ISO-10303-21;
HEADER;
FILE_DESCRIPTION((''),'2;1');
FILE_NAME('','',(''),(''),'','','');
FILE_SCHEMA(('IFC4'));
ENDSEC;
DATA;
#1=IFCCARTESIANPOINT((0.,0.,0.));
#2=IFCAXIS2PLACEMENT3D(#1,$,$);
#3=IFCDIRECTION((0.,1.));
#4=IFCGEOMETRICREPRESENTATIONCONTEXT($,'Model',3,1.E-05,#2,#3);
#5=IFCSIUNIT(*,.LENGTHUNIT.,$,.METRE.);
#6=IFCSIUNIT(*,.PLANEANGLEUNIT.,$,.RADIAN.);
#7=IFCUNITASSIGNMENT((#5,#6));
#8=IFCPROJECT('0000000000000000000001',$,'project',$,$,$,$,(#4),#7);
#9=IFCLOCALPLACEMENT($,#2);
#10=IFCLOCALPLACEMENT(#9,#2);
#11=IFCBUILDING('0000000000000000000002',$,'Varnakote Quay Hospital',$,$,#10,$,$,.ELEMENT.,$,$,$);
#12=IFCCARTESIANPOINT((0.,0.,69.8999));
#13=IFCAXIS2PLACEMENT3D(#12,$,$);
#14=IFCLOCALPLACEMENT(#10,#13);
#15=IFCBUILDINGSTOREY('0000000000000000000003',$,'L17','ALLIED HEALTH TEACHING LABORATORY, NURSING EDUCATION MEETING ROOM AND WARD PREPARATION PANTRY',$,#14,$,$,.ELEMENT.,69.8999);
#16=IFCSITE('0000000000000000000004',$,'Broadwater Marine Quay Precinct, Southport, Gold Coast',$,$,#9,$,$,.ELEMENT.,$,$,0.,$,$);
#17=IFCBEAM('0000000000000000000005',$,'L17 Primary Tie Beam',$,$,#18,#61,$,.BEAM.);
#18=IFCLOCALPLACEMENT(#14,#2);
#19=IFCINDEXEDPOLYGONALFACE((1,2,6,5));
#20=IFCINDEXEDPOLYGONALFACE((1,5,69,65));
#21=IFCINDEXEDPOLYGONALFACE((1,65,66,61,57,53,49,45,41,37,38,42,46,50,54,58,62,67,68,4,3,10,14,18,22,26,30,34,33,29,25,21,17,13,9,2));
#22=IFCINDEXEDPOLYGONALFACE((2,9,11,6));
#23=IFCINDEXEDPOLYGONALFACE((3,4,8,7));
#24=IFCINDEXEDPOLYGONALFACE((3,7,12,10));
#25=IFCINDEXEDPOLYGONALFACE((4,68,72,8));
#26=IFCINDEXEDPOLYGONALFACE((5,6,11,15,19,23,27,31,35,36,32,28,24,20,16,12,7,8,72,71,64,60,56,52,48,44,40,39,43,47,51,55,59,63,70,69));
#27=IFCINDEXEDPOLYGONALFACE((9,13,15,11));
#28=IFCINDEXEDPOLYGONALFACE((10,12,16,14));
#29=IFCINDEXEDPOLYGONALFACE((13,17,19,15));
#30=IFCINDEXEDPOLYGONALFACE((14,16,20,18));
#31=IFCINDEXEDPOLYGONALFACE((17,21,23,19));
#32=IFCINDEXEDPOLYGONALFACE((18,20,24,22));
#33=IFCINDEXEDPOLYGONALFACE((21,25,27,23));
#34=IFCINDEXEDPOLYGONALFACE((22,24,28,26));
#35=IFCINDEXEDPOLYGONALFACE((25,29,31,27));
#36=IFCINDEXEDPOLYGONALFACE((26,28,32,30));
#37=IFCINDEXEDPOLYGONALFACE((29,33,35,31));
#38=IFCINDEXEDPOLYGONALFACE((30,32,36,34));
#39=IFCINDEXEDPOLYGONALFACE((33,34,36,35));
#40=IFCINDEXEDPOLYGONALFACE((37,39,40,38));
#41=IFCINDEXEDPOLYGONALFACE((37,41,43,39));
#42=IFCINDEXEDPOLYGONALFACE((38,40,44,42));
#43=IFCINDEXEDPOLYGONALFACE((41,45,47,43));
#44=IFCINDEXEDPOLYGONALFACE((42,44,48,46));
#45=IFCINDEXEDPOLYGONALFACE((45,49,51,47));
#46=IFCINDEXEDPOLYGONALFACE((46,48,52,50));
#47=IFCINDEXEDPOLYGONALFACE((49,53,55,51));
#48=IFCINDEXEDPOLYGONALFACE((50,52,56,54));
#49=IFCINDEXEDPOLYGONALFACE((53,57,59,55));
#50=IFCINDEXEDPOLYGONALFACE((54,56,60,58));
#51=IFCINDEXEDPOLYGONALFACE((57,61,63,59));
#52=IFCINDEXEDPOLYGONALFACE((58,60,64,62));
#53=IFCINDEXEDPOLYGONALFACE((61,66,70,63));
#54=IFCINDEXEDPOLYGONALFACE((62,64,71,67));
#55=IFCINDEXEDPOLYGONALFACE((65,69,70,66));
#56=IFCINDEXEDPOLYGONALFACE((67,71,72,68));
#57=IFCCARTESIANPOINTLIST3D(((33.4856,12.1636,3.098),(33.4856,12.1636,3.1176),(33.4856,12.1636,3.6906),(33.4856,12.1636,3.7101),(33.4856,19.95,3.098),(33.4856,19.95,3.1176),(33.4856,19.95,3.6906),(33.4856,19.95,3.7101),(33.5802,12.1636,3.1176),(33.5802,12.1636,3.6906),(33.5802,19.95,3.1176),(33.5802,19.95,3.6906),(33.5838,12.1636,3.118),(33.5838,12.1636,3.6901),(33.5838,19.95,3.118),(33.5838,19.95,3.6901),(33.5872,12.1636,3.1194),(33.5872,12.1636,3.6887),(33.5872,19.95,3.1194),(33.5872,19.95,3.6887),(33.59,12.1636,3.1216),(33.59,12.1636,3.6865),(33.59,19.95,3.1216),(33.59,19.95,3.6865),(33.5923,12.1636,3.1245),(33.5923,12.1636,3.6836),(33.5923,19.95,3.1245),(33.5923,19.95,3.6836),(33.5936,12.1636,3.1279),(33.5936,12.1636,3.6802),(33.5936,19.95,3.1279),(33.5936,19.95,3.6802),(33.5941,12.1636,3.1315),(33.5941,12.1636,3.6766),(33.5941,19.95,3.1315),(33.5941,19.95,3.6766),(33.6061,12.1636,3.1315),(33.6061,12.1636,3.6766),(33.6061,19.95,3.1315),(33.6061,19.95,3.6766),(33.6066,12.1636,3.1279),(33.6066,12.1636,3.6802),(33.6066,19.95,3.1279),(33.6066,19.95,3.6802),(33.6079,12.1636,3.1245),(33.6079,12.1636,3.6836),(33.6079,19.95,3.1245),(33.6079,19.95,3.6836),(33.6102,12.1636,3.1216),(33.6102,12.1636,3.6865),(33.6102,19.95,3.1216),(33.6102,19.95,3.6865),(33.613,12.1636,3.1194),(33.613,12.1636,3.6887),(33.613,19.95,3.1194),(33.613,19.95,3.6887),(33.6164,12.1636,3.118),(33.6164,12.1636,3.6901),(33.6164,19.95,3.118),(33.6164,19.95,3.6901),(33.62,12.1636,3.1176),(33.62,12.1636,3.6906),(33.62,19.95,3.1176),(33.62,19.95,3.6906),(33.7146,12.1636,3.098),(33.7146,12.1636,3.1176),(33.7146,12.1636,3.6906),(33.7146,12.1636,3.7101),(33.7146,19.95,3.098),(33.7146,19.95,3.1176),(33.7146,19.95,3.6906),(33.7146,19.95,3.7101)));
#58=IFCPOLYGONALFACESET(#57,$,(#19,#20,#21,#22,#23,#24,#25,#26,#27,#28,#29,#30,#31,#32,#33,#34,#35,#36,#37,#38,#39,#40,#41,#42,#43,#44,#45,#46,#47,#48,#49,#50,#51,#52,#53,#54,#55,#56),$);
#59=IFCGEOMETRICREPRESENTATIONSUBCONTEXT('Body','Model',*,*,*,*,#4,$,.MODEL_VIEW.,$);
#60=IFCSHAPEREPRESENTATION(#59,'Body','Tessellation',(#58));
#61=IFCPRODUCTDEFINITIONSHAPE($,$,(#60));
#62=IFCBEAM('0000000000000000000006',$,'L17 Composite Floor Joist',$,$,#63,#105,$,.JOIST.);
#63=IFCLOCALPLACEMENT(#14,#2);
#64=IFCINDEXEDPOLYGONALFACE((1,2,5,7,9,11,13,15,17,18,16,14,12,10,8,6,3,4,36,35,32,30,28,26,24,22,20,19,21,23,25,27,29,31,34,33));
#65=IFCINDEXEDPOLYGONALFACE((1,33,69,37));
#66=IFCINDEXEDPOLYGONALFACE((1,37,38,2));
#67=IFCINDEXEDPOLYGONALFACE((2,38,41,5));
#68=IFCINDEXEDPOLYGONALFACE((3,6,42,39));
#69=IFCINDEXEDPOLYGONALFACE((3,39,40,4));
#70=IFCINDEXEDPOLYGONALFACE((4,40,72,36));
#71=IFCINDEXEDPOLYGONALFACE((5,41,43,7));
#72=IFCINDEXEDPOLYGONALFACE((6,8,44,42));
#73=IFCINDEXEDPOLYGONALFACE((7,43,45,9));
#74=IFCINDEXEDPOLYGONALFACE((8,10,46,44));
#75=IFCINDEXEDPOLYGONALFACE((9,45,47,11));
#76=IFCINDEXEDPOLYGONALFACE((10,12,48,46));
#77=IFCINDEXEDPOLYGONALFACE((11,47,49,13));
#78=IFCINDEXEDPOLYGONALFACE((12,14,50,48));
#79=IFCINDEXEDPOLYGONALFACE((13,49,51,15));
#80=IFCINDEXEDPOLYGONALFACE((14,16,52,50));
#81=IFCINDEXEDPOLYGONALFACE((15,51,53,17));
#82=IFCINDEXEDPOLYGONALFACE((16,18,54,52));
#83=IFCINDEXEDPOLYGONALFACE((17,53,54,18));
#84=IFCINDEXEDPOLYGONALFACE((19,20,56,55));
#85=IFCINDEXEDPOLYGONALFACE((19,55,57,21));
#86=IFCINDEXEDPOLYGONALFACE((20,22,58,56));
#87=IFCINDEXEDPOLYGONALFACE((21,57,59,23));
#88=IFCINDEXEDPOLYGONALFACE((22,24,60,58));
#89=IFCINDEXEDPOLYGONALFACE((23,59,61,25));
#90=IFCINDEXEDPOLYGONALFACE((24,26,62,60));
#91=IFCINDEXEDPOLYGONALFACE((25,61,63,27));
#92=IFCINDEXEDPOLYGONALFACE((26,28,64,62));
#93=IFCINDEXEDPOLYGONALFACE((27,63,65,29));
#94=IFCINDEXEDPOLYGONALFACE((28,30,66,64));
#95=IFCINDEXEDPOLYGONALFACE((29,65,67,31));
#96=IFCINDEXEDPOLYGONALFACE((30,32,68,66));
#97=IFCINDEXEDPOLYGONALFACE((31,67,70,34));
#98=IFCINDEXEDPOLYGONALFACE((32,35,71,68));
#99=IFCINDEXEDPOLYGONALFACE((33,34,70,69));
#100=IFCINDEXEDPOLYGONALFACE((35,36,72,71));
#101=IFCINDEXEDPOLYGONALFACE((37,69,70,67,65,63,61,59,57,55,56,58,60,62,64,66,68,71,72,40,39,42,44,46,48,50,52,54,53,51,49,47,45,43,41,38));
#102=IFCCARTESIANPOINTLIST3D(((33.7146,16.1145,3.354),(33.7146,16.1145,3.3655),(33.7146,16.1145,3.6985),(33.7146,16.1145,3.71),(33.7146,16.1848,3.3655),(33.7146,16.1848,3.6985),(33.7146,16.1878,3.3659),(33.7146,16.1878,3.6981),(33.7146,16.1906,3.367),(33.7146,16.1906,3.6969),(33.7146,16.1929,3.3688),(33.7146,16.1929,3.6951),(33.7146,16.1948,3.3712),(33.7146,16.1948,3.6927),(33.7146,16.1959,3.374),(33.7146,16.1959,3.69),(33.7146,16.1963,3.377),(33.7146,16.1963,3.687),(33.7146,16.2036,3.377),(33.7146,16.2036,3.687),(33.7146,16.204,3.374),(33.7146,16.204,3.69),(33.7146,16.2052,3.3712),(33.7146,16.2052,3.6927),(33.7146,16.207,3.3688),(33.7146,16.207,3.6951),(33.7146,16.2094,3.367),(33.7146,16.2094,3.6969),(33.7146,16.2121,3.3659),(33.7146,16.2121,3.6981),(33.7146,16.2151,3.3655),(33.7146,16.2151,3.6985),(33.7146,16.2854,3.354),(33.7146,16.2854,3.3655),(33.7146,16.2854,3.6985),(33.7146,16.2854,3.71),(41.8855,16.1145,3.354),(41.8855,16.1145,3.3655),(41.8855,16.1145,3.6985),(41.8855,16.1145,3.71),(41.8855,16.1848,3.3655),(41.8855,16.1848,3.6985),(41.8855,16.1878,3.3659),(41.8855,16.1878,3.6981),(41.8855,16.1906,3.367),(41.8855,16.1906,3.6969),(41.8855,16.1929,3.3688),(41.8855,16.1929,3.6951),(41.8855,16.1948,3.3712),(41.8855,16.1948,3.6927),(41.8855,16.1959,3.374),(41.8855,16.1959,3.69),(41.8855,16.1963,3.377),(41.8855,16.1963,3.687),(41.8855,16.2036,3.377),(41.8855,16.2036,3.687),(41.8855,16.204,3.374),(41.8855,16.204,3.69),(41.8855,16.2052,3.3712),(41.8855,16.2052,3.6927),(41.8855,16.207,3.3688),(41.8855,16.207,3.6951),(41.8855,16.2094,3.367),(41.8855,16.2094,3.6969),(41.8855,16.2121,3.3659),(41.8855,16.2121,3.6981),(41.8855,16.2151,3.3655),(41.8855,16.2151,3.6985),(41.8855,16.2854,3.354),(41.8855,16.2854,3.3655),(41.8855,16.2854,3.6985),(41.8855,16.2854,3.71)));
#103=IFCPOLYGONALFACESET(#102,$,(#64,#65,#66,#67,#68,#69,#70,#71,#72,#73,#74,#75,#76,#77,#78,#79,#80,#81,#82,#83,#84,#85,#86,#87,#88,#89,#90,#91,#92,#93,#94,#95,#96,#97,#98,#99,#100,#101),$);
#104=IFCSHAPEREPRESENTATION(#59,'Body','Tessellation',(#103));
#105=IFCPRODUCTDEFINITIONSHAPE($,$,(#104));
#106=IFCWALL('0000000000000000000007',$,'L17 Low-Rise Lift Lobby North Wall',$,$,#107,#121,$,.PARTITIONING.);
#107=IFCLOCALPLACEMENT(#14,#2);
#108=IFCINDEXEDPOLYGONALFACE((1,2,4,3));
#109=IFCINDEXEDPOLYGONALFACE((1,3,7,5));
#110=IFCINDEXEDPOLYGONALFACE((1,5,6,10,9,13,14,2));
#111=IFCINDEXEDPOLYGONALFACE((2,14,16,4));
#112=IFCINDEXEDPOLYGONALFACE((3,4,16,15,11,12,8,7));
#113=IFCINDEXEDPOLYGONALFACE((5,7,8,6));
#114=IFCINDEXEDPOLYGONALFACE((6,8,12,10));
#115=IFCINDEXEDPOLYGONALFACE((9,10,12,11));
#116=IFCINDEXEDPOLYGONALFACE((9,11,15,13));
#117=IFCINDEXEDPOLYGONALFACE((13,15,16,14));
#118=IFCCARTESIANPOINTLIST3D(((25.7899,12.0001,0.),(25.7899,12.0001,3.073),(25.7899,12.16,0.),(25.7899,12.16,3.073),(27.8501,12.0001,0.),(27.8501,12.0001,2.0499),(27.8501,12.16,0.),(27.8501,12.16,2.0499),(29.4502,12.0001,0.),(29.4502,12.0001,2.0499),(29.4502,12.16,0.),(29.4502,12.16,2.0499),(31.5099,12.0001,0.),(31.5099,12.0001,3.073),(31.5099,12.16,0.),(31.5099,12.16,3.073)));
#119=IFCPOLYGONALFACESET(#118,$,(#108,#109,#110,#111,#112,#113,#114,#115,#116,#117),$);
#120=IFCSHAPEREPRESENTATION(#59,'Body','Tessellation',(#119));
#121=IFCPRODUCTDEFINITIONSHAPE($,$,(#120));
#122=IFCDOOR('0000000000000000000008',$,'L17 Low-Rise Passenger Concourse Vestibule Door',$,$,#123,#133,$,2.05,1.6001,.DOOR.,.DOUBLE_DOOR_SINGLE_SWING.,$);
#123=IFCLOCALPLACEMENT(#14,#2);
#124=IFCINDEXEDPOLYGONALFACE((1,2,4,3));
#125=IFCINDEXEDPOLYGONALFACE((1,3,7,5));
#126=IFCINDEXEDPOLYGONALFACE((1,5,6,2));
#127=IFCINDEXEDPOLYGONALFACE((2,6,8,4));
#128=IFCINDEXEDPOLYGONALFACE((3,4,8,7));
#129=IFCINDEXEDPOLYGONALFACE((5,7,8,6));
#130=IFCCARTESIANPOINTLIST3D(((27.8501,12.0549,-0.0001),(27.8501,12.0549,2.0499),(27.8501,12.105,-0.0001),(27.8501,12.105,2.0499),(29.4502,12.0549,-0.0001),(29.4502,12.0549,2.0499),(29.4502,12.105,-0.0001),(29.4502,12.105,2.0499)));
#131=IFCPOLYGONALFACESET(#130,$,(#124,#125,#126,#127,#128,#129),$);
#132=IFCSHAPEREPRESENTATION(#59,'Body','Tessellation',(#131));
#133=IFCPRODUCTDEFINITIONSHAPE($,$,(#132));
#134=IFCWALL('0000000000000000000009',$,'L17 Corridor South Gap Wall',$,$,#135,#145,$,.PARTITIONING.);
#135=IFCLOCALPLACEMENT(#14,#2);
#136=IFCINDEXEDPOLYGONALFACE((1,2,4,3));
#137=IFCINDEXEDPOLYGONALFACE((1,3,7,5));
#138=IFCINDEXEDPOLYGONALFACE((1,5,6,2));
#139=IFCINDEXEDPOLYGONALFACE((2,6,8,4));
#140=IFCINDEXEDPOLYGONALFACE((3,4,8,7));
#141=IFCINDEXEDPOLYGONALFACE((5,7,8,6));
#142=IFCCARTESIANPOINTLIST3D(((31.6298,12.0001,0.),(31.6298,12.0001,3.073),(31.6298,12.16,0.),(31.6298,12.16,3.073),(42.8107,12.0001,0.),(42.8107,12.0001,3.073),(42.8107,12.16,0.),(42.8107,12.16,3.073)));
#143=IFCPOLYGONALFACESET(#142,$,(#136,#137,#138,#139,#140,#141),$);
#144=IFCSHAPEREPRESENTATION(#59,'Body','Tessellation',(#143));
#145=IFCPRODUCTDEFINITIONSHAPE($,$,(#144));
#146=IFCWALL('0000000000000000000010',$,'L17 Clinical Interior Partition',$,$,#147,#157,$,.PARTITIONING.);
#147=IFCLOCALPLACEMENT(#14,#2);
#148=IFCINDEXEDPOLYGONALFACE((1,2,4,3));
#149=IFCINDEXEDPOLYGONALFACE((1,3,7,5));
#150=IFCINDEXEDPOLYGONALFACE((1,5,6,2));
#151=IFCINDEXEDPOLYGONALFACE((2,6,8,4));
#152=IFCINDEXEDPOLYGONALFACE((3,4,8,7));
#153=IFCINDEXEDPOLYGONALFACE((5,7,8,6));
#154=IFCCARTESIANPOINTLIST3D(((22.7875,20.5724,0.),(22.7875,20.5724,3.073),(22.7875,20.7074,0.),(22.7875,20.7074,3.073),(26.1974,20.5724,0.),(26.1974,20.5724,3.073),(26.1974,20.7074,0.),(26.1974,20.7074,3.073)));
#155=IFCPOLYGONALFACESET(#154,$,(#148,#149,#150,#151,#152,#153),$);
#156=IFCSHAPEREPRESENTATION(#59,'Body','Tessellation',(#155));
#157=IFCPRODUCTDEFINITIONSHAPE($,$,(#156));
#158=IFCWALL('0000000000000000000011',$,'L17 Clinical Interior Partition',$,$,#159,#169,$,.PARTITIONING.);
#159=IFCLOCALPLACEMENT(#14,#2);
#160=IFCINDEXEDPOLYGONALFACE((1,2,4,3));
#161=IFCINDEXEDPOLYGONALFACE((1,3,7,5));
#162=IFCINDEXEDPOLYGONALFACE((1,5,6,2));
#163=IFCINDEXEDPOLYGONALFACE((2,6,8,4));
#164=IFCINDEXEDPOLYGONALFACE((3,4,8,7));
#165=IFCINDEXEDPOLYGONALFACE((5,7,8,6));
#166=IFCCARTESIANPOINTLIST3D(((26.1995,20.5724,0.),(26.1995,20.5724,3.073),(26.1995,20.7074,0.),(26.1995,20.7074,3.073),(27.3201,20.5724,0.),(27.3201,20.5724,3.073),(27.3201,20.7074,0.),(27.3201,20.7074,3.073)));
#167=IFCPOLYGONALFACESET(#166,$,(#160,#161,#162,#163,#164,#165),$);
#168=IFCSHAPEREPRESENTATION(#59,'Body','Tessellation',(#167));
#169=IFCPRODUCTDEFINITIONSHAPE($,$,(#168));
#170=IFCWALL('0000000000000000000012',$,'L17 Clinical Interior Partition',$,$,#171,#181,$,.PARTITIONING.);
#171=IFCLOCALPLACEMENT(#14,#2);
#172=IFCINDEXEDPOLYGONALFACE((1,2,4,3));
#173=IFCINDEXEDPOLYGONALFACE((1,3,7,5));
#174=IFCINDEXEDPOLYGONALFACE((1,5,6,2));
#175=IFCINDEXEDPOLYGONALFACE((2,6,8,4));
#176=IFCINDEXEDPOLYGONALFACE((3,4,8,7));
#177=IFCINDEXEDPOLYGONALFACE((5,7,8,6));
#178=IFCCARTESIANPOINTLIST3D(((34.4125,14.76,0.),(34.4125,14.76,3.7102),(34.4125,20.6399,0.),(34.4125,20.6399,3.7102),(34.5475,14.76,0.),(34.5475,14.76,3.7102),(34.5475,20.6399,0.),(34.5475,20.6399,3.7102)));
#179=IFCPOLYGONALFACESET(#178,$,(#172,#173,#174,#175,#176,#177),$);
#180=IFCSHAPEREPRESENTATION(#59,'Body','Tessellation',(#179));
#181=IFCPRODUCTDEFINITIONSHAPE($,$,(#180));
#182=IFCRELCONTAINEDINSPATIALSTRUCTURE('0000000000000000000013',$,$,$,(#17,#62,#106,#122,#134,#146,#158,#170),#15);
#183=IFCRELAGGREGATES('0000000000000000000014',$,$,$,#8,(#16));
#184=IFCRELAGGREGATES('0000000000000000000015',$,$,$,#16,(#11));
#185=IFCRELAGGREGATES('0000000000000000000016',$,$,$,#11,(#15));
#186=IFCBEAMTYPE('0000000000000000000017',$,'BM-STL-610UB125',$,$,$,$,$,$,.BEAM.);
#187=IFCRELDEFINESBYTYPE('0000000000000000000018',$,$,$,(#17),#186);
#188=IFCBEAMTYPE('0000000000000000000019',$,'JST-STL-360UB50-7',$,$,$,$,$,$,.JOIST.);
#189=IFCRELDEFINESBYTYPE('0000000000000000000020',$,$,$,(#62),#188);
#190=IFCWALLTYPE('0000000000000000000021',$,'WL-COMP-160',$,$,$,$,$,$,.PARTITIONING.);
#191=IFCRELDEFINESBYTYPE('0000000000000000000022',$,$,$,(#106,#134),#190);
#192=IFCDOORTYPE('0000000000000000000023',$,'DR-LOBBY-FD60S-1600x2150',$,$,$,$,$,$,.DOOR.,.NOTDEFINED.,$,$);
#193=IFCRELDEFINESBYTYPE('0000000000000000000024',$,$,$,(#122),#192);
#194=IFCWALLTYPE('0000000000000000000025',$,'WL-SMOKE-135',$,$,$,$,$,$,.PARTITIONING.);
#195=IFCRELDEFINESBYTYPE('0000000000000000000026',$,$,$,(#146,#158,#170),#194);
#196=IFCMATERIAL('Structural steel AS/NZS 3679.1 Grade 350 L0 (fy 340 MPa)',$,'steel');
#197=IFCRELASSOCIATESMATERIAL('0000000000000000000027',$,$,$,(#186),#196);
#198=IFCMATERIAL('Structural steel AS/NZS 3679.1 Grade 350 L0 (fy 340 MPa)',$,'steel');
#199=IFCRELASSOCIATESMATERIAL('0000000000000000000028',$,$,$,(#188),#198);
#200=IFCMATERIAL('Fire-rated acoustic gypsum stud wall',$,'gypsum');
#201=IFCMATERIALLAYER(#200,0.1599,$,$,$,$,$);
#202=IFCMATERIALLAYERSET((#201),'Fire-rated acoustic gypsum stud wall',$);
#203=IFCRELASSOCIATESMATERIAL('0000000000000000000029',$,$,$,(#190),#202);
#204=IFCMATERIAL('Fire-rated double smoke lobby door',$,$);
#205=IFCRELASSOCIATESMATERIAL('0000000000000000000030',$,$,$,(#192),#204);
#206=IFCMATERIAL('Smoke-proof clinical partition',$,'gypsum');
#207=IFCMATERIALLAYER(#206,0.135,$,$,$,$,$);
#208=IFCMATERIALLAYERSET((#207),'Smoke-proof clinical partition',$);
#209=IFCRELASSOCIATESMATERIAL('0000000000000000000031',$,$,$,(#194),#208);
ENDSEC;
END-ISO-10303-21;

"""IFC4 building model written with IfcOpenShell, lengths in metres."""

from ifc_helpers import new_model, si_unit, direction, frame, frame_2d, origin, origin_2d, place, context, subcontext, project, spatial, rectangle, i_section, extrude, material, layer, layer_set, material_profile, profile_set, type_object, element, fill, save


model = new_model("IFC4")

# Units and contexts
model_context = context("Model", 3, precision=1e-05, world=origin(), true_north=direction((0.0, 1.0)))
body_context = subcontext(model_context, "Body", "Model", "MODEL_VIEW")
ifc_project = project(units=[si_unit("LENGTHUNIT", "METRE"), si_unit("PLANEANGLEUNIT", "RADIAN")], contexts=[model_context])

# Site, building, storey
site_placement = place(None, origin())
site = spatial("IfcSite", under=ifc_project, at=site_placement, Name="Broadwater Marine Quay Precinct, Southport, Gold Coast", CompositionType="ELEMENT", RefElevation=0.0)
building_placement = place(site_placement, origin())
building = spatial("IfcBuilding", under=site, at=building_placement, Name="Varnakote Quay Hospital", CompositionType="ELEMENT")
storey_placement = place(building_placement, frame((0.0, 0.0, 69.8999)))
storey = spatial("IfcBuildingStorey", under=building, at=storey_placement, Name="L17", Description="ALLIED HEALTH TEACHING LABORATORY, NURSING EDUCATION MEETING ROOM AND WARD PREPARATION PANTRY", CompositionType="ELEMENT", Elevation=69.8999)

# Beams
ifc_material_1 = material(Name="Structural steel AS/NZS 3679.1 Grade 350 L0 (fy 340 MPa)", Category="steel")
ifc_material_profile_1 = material_profile(ifc_material_1, i_section(OverallWidth=0.229, OverallDepth=0.6121, WebThickness=0.012, FlangeThickness=0.0195, FilletRadius=0.0139, at=origin_2d()), Name="610UB125")
ifc_profile_set_1 = profile_set([ifc_material_profile_1], Name="Structural steel AS/NZS 3679.1 Grade 350 L0 (fy 340 MPa)")
beam_type_1 = type_object("IfcBeamType", Name="BM-STL-610UB125", PredefinedType="BEAM", material=ifc_profile_set_1)
beam_1_placement = place(storey_placement, frame((33.6001, 12.1636, 3.4041), z_axis=(0.0, 1.0, 0.0), x_axis=(-1.0, 0.0, 0.0)))
element("IfcBeam", 1, at=beam_1_placement, inside=storey, type_object=beam_type_1, Name="L17 Primary Tie Beam", PredefinedType="BEAM", context=body_context, shape_type="SweptSolid", body=[
    extrude(i_section(OverallWidth=0.229, OverallDepth=0.6121, WebThickness=0.012, FlangeThickness=0.0195, FilletRadius=0.0139, at=origin_2d()), origin(), (0.0, 0.0, 1.0), 7.7864),
])
ifc_material_2 = material(Name="Structural steel AS/NZS 3679.1 Grade 350 L0 (fy 340 MPa)", Category="steel")
ifc_material_profile_2 = material_profile(ifc_material_2, i_section(OverallWidth=0.1709, OverallDepth=0.356, WebThickness=0.0073, FlangeThickness=0.0115, FilletRadius=0.0115, at=origin_2d()), Name="360UB50.7")
ifc_profile_set_2 = profile_set([ifc_material_profile_2], Name="Structural steel AS/NZS 3679.1 Grade 350 L0 (fy 340 MPa)")
beam_type_2 = type_object("IfcBeamType", Name="JST-STL-360UB50-7", PredefinedType="JOIST", material=ifc_profile_set_2)
beam_2_placement = place(storey_placement, frame((33.7146, 16.2, 3.532), z_axis=(1.0, 0.0, 0.0), x_axis=(0.0, 1.0, 0.0)))
element("IfcBeam", 2, at=beam_2_placement, inside=storey, type_object=beam_type_2, Name="L17 Composite Floor Joist", PredefinedType="JOIST", context=body_context, shape_type="SweptSolid", body=[
    extrude(i_section(OverallWidth=0.1709, OverallDepth=0.356, WebThickness=0.0073, FlangeThickness=0.0115, FilletRadius=0.0115, at=origin_2d()), origin(), (0.0, 0.0, 1.0), 8.1709),
])

# Wall, opening, door
ifc_material_3 = material(Name="Fire-rated acoustic gypsum stud wall", Category="gypsum")
ifc_layer_1 = layer(ifc_material_3, 0.1599)
ifc_layer_set_1 = layer_set([ifc_layer_1], Name="Fire-rated acoustic gypsum stud wall")
wall_type_1 = type_object("IfcWallType", Name="WL-COMP-160", PredefinedType="PARTITIONING", material=ifc_layer_set_1)
wall_1_placement = place(storey_placement, frame((25.79, 12.0801, 0.0), z_axis=(0.0, 0.0, 1.0), x_axis=(1.0, 0.0, 0.0)))
wall_1 = element("IfcWall", 3, at=wall_1_placement, inside=storey, type_object=wall_type_1, Name="L17 Low-Rise Lift Lobby North Wall", PredefinedType="PARTITIONING", context=body_context, shape_type="SweptSolid", body=[
    extrude(rectangle(XDim=5.72, YDim=0.1599, at=frame_2d((2.8599, 0.0))), origin(), (0.0, 0.0, 1.0), 3.073),
])
opening_1_placement = place(wall_1_placement, frame((2.0601, 0.0, 0.0)))
opening_1 = element("IfcOpeningElement", 4, at=opening_1_placement, cuts=wall_1, PredefinedType="OPENING", context=body_context, shape_type="SweptSolid", body=[
    extrude(rectangle(XDim=1.6001, YDim=2.05, at=frame_2d((0.8, 1.0249))), frame((0.0, 0.0898, 0.0), z_axis=(0.0, -1.0, 0.0), x_axis=(1.0, 0.0, 0.0)), (0.0, 0.0, 1.0), 0.1799),
])
ifc_material_4 = material(Name="Fire-rated double smoke lobby door")
door_type_1 = type_object("IfcDoorType", Name="DR-LOBBY-FD60S-1600x2150", OperationType="NOTDEFINED", PredefinedType="DOOR", material=ifc_material_4)
door_1_placement = place(opening_1_placement, origin())
door_1 = element("IfcDoor", 5, at=door_1_placement, inside=storey, type_object=door_type_1, Name="L17 Low-Rise Passenger Concourse Vestibule Door", OperationType="DOUBLE_DOOR_SINGLE_SWING", OverallHeight=2.05, OverallWidth=1.6001, PredefinedType="DOOR", context=body_context, shape_type="SweptSolid", body=[
    extrude(rectangle(XDim=1.6001, YDim=2.05, at=frame_2d((0.8, 1.0249))), frame((0.0, 0.0249, 0.0), z_axis=(0.0, -1.0, 0.0), x_axis=(1.0, 0.0, 0.0)), (0.0, 0.0, 1.0), 0.05),
])
fill(opening_1, door_1)

# Walls
wall_2_placement = place(storey_placement, frame((31.6299, 12.0801, 0.0), z_axis=(0.0, 0.0, 1.0), x_axis=(1.0, 0.0, 0.0)))
element("IfcWall", 6, at=wall_2_placement, inside=storey, type_object=wall_type_1, Name="L17 Corridor South Gap Wall", PredefinedType="PARTITIONING", context=body_context, shape_type="SweptSolid", body=[
    extrude(rectangle(XDim=11.1809, YDim=0.1599, at=frame_2d((5.5903, 0.0))), origin(), (0.0, 0.0, 1.0), 3.073),
])
ifc_material_5 = material(Name="Smoke-proof clinical partition", Category="gypsum")
ifc_layer_2 = layer(ifc_material_5, 0.135)
ifc_layer_set_2 = layer_set([ifc_layer_2], Name="Smoke-proof clinical partition")
wall_type_2 = type_object("IfcWallType", Name="WL-SMOKE-135", PredefinedType="PARTITIONING", material=ifc_layer_set_2)
wall_3_placement = place(storey_placement, frame((26.1975, 20.6399, 0.0), z_axis=(0.0, 0.0, 1.0), x_axis=(-1.0, 0.0, 0.0)))
element("IfcWall", 7, at=wall_3_placement, inside=storey, type_object=wall_type_2, Name="L17 Clinical Interior Partition", PredefinedType="PARTITIONING", context=body_context, shape_type="SweptSolid", body=[
    extrude(rectangle(XDim=3.4099, YDim=0.135, at=frame_2d((1.7051, 0.0))), origin(), (0.0, 0.0, 1.0), 3.073),
])
wall_4_placement = place(storey_placement, frame((27.3201, 20.6399, 0.0), z_axis=(0.0, 0.0, 1.0), x_axis=(-1.0, 0.0, 0.0)))
element("IfcWall", 8, at=wall_4_placement, inside=storey, type_object=wall_type_2, Name="L17 Clinical Interior Partition", PredefinedType="PARTITIONING", context=body_context, shape_type="SweptSolid", body=[
    extrude(rectangle(XDim=1.1206, YDim=0.135, at=frame_2d((0.5603, 0.0))), origin(), (0.0, 0.0, 1.0), 3.073),
])
wall_5_placement = place(storey_placement, frame((34.48, 14.76, 0.0), z_axis=(0.0, 0.0, 1.0), x_axis=(0.0, 1.0, 0.0)))
element("IfcWall", 9, at=wall_5_placement, inside=storey, type_object=wall_type_2, Name="L17 Clinical Interior Partition", PredefinedType="PARTITIONING", context=body_context, shape_type="SweptSolid", body=[
    extrude(rectangle(XDim=5.8799, YDim=0.135, at=frame_2d((2.9399, 0.0))), origin(), (0.0, 0.0, 1.0), 3.7102),
])

save(model, "model.ifc")
